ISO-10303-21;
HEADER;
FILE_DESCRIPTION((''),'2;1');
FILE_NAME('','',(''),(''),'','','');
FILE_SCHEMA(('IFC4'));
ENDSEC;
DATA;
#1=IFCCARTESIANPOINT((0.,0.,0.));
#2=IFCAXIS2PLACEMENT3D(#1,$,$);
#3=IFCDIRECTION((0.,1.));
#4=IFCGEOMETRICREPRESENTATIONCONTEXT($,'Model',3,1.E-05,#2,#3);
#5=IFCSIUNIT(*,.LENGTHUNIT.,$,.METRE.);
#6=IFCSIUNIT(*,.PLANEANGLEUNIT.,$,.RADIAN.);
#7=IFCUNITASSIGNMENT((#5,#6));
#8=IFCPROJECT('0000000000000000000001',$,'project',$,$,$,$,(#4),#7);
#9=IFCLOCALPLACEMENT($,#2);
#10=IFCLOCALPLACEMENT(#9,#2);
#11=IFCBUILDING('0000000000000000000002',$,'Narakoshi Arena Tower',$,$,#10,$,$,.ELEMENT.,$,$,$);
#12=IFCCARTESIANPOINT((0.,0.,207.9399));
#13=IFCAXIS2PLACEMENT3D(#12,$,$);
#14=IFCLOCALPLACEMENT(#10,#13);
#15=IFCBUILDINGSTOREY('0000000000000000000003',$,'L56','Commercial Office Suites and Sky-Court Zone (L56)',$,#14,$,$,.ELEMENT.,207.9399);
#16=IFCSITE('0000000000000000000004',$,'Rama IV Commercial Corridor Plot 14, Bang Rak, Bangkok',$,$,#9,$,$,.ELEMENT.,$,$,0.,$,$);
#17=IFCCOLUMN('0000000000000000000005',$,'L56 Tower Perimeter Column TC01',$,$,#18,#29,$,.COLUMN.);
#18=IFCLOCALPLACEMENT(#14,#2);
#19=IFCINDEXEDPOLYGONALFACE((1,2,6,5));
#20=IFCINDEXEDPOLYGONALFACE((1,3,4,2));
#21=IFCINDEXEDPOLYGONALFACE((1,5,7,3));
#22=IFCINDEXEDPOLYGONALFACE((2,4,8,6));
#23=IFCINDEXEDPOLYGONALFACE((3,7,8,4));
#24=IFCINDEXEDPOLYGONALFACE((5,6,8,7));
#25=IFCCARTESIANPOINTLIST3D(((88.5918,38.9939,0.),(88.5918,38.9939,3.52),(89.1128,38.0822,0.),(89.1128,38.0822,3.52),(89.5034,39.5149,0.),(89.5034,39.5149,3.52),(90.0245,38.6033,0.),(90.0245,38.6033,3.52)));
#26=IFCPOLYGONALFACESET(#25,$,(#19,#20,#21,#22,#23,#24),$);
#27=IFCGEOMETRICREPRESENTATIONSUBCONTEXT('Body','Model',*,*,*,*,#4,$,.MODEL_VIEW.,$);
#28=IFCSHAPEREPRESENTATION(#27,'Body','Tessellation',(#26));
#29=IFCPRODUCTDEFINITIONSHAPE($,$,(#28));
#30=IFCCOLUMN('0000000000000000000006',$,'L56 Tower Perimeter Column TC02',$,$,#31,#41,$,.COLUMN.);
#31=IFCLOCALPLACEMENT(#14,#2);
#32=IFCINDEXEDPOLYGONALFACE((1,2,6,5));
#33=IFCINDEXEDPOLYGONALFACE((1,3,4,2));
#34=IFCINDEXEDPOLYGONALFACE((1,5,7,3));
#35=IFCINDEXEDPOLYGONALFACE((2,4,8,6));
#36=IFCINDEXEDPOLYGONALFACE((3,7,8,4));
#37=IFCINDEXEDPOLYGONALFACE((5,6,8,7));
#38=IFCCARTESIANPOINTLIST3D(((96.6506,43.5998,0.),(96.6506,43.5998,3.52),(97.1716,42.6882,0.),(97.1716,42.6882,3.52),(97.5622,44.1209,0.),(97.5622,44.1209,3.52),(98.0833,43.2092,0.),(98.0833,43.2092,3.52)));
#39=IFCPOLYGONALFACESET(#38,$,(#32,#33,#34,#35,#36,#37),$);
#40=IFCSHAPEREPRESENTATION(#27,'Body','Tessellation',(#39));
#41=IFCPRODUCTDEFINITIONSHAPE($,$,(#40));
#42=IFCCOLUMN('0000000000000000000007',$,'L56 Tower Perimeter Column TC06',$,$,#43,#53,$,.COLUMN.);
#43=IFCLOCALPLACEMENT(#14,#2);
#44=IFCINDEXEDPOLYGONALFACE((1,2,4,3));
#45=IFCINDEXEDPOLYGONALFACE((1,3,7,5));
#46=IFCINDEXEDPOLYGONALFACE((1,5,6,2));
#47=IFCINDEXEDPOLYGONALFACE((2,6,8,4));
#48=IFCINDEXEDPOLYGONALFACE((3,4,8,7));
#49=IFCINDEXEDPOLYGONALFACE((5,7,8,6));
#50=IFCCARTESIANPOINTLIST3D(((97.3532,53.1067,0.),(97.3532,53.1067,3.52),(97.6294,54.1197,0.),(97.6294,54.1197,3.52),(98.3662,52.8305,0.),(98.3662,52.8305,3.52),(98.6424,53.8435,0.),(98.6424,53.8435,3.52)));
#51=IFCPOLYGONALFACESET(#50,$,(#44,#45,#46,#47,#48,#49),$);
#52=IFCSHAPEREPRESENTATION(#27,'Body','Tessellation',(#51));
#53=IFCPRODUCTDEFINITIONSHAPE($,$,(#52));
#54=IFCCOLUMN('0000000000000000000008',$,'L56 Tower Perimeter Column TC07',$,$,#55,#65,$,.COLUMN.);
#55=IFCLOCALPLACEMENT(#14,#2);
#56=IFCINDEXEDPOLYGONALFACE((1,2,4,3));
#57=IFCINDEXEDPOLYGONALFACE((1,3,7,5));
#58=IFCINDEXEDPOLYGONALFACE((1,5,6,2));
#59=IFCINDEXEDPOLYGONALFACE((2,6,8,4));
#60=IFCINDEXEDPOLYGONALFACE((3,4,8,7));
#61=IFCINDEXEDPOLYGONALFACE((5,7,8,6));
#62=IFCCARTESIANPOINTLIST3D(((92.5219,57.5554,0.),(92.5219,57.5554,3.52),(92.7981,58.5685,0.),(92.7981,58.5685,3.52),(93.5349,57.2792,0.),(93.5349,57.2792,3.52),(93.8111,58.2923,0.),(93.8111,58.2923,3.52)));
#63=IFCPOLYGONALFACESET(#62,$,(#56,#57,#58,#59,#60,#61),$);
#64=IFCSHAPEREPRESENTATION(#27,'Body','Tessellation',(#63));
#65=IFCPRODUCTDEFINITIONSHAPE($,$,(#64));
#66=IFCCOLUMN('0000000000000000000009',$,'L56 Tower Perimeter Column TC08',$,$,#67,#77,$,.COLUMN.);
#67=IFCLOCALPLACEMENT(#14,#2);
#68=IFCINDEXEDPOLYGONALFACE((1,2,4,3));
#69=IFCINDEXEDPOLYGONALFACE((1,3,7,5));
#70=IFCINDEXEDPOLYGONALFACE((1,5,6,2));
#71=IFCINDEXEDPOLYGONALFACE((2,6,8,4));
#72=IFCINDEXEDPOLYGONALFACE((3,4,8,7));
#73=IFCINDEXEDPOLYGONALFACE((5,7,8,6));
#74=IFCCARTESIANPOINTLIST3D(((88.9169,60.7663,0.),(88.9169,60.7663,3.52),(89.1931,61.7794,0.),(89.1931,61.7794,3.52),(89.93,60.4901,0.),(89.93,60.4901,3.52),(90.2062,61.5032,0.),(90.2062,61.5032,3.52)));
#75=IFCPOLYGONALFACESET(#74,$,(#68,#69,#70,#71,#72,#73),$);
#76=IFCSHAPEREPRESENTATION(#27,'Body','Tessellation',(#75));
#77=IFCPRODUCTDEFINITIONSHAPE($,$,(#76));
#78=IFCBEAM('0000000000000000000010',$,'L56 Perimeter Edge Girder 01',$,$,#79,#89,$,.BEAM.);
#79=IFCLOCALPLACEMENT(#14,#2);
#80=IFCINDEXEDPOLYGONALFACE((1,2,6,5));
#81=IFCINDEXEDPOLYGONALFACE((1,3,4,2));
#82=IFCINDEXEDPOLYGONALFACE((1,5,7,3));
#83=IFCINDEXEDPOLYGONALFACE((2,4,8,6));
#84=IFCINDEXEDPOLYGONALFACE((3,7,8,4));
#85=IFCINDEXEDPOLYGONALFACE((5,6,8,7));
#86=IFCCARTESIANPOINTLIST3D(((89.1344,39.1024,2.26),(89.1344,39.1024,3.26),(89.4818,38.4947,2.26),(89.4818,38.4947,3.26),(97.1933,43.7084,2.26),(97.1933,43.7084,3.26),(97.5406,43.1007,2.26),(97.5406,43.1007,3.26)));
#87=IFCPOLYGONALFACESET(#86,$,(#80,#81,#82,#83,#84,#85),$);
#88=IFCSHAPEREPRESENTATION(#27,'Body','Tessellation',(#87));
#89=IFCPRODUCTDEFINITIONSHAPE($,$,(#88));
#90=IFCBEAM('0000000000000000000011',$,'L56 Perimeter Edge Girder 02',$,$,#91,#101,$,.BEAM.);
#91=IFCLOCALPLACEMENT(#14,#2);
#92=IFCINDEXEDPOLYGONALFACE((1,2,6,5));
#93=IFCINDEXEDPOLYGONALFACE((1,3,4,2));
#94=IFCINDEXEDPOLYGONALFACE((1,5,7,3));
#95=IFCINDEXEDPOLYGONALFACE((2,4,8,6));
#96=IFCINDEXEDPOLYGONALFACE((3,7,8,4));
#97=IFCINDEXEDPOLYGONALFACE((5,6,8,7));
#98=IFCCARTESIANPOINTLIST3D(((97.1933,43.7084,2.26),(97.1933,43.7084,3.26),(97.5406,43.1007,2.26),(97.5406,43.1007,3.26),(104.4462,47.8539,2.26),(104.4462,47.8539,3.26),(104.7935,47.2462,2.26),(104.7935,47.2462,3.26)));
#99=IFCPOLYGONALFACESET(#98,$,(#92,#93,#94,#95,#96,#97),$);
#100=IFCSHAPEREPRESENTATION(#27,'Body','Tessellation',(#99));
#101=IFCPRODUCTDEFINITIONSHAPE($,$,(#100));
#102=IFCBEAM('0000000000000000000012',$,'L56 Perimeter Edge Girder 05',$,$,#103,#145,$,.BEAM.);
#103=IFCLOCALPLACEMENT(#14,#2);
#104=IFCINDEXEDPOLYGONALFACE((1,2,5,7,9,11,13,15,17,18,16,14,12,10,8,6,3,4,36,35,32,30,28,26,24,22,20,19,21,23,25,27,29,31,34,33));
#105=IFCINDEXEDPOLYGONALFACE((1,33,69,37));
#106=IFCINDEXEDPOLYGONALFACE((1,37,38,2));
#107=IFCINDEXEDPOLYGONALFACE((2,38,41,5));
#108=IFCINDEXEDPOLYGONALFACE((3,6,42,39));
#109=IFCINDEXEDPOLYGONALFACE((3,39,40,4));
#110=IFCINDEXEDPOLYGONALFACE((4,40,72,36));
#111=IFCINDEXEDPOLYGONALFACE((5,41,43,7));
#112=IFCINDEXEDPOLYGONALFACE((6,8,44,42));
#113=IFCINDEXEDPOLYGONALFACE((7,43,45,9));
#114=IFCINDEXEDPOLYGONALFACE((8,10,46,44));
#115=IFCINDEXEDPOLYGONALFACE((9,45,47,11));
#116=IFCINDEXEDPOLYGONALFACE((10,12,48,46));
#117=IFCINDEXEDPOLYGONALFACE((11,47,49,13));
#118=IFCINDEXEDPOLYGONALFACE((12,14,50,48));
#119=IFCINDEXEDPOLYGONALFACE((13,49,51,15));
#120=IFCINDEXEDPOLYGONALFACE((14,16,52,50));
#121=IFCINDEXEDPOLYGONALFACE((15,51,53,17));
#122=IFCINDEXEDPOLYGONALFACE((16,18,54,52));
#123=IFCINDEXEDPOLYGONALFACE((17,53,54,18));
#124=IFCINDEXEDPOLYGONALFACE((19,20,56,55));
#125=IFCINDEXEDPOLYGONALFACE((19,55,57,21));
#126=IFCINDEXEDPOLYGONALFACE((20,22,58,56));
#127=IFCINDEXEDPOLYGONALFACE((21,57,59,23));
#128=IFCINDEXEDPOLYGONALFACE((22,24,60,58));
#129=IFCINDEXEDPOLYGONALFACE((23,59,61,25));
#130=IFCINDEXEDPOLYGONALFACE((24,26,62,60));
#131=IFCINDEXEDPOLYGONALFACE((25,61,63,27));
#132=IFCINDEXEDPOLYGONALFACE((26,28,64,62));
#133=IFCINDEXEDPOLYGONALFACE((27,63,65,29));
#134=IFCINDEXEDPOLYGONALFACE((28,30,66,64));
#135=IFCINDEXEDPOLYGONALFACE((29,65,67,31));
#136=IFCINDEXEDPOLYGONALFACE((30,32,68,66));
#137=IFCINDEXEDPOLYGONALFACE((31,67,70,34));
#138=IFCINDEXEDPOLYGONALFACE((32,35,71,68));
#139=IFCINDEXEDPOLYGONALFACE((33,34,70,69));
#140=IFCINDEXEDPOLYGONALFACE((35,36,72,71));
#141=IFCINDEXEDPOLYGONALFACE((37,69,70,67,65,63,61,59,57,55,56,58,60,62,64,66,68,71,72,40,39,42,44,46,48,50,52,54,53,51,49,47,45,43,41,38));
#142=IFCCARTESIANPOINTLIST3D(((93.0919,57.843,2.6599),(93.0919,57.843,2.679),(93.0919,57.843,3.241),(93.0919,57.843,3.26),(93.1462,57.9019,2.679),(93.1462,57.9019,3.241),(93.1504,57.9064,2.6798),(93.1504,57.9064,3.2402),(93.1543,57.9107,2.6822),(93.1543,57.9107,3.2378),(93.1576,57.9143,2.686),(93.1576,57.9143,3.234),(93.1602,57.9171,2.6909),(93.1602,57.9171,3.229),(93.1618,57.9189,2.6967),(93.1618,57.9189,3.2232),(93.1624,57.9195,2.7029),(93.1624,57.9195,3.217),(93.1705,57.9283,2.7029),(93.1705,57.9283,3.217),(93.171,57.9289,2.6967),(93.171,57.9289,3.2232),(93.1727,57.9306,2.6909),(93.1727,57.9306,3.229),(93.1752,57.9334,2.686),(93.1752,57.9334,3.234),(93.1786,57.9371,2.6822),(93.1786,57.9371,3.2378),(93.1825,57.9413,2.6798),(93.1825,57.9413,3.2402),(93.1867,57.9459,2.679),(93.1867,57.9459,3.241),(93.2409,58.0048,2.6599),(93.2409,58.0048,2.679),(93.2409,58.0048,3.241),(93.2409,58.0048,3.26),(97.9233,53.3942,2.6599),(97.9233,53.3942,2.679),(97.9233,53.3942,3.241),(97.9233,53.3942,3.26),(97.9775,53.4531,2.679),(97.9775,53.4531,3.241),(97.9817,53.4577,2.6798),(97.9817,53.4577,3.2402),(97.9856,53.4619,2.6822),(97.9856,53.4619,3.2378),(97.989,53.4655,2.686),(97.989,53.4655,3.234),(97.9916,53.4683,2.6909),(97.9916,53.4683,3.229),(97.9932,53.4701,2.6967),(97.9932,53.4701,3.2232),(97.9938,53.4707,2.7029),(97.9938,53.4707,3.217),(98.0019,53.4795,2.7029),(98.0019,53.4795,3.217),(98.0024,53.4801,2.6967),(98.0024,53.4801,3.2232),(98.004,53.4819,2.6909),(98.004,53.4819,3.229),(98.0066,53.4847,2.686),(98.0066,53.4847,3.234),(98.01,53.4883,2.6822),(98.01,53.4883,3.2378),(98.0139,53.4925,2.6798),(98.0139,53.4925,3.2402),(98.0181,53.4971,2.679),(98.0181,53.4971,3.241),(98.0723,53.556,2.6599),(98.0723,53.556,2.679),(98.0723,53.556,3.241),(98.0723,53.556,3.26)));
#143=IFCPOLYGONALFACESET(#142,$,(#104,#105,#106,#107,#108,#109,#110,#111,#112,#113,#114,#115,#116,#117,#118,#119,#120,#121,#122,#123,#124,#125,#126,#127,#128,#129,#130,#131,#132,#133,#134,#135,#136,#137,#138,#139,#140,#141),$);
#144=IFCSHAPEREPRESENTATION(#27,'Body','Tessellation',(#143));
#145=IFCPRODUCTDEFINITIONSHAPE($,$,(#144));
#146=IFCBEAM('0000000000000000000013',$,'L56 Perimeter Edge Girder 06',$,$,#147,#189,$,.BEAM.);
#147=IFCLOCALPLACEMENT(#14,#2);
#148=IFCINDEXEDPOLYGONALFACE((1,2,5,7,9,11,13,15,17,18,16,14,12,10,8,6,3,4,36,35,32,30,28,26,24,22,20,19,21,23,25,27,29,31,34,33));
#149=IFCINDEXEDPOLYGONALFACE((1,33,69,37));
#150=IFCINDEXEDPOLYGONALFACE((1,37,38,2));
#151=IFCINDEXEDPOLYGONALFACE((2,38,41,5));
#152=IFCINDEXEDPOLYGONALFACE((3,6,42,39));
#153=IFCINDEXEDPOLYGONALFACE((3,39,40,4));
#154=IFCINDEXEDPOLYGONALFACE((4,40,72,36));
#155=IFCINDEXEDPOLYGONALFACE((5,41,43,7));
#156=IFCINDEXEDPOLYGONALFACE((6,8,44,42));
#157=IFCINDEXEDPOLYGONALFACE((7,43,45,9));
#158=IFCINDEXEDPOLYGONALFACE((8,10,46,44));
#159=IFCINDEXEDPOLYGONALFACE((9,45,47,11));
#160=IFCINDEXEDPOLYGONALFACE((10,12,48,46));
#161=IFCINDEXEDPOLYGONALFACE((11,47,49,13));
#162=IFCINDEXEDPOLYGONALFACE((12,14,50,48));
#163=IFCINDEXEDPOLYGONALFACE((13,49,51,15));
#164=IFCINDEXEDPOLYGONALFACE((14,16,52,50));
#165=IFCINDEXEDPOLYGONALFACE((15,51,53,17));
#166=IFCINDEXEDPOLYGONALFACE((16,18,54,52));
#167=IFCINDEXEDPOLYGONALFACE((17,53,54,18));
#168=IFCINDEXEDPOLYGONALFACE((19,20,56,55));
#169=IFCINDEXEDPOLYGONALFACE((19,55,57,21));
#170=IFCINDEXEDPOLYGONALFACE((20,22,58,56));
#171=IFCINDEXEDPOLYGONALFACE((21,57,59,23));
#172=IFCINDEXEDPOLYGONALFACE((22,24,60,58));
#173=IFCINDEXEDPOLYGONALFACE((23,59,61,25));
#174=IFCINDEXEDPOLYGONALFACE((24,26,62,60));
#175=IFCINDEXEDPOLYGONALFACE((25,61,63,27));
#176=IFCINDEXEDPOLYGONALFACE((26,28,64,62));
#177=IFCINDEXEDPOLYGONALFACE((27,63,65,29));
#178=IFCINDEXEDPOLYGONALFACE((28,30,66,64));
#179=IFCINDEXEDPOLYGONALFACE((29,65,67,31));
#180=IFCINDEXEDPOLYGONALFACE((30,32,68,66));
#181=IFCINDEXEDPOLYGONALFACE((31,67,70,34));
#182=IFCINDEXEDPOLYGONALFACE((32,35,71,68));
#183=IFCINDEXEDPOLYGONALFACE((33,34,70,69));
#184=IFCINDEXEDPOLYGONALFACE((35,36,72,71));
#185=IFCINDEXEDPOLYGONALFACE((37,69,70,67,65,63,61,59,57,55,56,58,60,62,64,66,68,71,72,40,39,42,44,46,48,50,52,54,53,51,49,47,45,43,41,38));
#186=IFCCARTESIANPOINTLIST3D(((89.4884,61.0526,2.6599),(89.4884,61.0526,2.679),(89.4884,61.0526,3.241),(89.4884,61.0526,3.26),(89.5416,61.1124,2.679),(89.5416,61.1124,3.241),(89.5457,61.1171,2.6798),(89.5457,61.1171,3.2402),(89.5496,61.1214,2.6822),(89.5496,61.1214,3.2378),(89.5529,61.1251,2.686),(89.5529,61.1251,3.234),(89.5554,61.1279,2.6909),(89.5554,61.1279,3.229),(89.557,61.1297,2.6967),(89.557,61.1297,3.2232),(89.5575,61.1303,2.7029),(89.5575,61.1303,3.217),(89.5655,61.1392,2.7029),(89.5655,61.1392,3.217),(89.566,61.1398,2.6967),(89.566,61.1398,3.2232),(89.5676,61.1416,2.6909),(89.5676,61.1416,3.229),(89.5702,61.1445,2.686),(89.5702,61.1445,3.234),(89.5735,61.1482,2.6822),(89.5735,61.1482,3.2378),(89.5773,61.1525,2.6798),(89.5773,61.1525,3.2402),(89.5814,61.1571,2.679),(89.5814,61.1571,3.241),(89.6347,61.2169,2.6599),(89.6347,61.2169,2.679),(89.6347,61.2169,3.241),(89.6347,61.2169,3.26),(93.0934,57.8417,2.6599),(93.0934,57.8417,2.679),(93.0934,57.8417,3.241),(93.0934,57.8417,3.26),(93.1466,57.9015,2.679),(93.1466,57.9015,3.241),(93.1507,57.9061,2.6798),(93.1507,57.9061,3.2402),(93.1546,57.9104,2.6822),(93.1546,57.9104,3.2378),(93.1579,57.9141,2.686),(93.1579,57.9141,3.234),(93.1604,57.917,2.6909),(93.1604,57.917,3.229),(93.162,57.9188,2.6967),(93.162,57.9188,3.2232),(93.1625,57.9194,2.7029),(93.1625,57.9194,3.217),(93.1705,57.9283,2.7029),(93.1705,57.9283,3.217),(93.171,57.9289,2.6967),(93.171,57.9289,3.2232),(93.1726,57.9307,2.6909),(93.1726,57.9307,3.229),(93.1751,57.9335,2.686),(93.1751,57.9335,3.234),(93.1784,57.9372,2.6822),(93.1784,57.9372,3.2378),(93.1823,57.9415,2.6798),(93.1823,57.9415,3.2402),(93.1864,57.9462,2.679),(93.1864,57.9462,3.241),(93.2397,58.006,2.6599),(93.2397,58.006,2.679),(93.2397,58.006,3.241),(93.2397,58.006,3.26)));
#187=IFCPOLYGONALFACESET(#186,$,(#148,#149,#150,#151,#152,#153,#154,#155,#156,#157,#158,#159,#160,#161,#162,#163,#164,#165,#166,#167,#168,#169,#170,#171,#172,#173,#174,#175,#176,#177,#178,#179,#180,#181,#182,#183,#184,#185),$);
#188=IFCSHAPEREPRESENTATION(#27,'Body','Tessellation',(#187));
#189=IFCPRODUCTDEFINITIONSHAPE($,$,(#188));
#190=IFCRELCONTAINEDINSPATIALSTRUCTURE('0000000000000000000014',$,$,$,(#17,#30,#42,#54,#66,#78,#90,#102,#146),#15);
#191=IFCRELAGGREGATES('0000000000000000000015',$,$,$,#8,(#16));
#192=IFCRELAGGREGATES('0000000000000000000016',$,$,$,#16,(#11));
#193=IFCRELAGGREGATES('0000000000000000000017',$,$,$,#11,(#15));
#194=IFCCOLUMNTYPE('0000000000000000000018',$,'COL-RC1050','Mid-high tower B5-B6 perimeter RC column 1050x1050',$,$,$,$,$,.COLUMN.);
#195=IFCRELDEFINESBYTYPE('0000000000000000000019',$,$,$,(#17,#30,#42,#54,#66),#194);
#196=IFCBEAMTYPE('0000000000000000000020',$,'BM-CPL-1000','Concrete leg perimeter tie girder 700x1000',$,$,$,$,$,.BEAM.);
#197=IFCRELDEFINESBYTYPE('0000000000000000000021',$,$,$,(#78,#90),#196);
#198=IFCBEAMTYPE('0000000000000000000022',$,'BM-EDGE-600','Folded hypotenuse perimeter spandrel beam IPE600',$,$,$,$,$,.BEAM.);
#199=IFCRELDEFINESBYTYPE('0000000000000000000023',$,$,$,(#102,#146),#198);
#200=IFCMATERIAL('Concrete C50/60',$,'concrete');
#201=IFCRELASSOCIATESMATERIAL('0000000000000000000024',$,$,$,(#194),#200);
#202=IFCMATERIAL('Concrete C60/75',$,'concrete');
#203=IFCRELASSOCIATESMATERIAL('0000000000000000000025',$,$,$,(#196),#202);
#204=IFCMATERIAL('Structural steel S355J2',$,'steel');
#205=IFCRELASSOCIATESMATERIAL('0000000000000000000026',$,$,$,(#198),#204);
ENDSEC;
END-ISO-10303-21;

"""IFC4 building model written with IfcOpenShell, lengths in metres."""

from ifc_helpers import new_model, si_unit, direction, frame, origin, origin_2d, place, context, subcontext, project, spatial, rectangle, i_section, extrude, material, material_profile, profile_set, type_object, element, save


model = new_model("IFC4")

# Units and contexts
model_context = context("Model", 3, precision=1e-05, world=origin(), true_north=direction((0.0, 1.0)))
body_context = subcontext(model_context, "Body", "Model", "MODEL_VIEW")
ifc_project = project(units=[si_unit("LENGTHUNIT", "METRE"), si_unit("PLANEANGLEUNIT", "RADIAN")], contexts=[model_context])

# Site, building, storey
site_placement = place(None, origin())
site = spatial("IfcSite", under=ifc_project, at=site_placement, Name="Rama IV Commercial Corridor Plot 14, Bang Rak, Bangkok", CompositionType="ELEMENT", RefElevation=0.0)
building_placement = place(site_placement, origin())
building = spatial("IfcBuilding", under=site, at=building_placement, Name="Narakoshi Arena Tower", CompositionType="ELEMENT")
storey_placement = place(building_placement, frame((0.0, 0.0, 207.9399)))
storey = spatial("IfcBuildingStorey", under=building, at=storey_placement, Name="L56", Description="Commercial Office Suites and Sky-Court Zone (L56)", CompositionType="ELEMENT", Elevation=207.9399)

# Columns
ifc_material_1 = material(Name="Concrete C50/60", Category="concrete")
ifc_material_profile_1 = material_profile(ifc_material_1, rectangle(XDim=1.05, YDim=1.05, at=origin_2d()), Name="RC1050x1050")
ifc_profile_set_1 = profile_set([ifc_material_profile_1], Name="Concrete C50/60")
column_type = type_object("IfcColumnType", Name="COL-RC1050", Description="Mid-high tower B5-B6 perimeter RC column 1050x1050", PredefinedType="COLUMN", material=ifc_profile_set_1)
for number, where, z_axis, x_axis, name in (
    (1, (89.3081, 38.7986, 0.0), (0.0, 0.0, 1.0), (0.868199, 0.496217, 0.0), "L56 Tower Perimeter Column TC01"),
    (2, (97.3669, 43.4045, 0.0), (0.0, 0.0, 1.0), (0.868199, 0.496217, 0.0), "L56 Tower Perimeter Column TC02"),
    (3, (97.9978, 53.4751, 0.0), (0.0, 0.0, 1.0), (0.263031, 0.964787, 0.0), "L56 Tower Perimeter Column TC06"),
    (4, (93.1665, 57.9238, 0.0), (0.0, 0.0, 1.0), (0.263031, 0.964787, 0.0), "L56 Tower Perimeter Column TC07"),
    (5, (89.5615, 61.1348, 0.0), (0.0, 0.0, 1.0), (0.263031, 0.964787, 0.0), "L56 Tower Perimeter Column TC08"),
):
    element("IfcColumn", number, at=place(storey_placement, frame(where, z_axis=z_axis, x_axis=x_axis)), inside=storey, type_object=column_type, Name=name, PredefinedType="COLUMN", context=body_context, shape_type="SweptSolid", body=[
        extrude(rectangle(XDim=1.05, YDim=1.05, at=origin_2d()), origin(), (0.0, 0.0, 1.0), 3.52),
    ])

# Beams
ifc_material_2 = material(Name="Concrete C60/75", Category="concrete")
ifc_material_profile_2 = material_profile(ifc_material_2, rectangle(XDim=0.7, YDim=1.0, at=origin_2d()), Name="RCB700x1000")
ifc_profile_set_2 = profile_set([ifc_material_profile_2], Name="Concrete C60/75")
beam_type_1 = type_object("IfcBeamType", Name="BM-CPL-1000", Description="Concrete leg perimeter tie girder 700x1000", PredefinedType="BEAM", material=ifc_profile_set_2)
beam_1_placement = place(storey_placement, frame((89.3081, 38.7986, 2.76), z_axis=(0.868201, 0.496213, 0.0), x_axis=(-0.496213, 0.868201, 0.0)))
element("IfcBeam", 6, at=beam_1_placement, inside=storey, type_object=beam_type_1, Name="L56 Perimeter Edge Girder 01", PredefinedType="BEAM", context=body_context, shape_type="SweptSolid", body=[
    extrude(rectangle(XDim=0.7, YDim=1.0, at=origin_2d()), origin(), (0.0, 0.0, 1.0), 9.2822),
])
beam_2_placement = place(storey_placement, frame((97.3669, 43.4045, 2.76), z_axis=(0.868193, 0.496227, 0.0), x_axis=(-0.496227, 0.868193, 0.0)))
element("IfcBeam", 7, at=beam_2_placement, inside=storey, type_object=beam_type_1, Name="L56 Perimeter Edge Girder 02", PredefinedType="BEAM", context=body_context, shape_type="SweptSolid", body=[
    extrude(rectangle(XDim=0.7, YDim=1.0, at=origin_2d()), origin(), (0.0, 0.0, 1.0), 8.354),
])
ifc_material_3 = material(Name="Structural steel S355J2", Category="steel")
ifc_material_profile_3 = material_profile(ifc_material_3, i_section(OverallWidth=0.22, OverallDepth=0.6001, WebThickness=0.012, FlangeThickness=0.019, FilletRadius=0.0239, at=origin_2d()), Name="IPE600")
ifc_profile_set_3 = profile_set([ifc_material_profile_3], Name="Structural steel S355J2")
beam_type_2 = type_object("IfcBeamType", Name="BM-EDGE-600", Description="Folded hypotenuse perimeter spandrel beam IPE600", PredefinedType="BEAM", material=ifc_profile_set_3)
beam_3_placement = place(storey_placement, frame((97.9978, 53.4751, 2.96), z_axis=(-0.735632, 0.677381, 0.0), x_axis=(-0.677381, -0.735632, 0.0)))
element("IfcBeam", 8, at=beam_3_placement, inside=storey, type_object=beam_type_2, Name="L56 Perimeter Edge Girder 05", PredefinedType="BEAM", context=body_context, shape_type="SweptSolid", body=[
    extrude(i_section(OverallWidth=0.22, OverallDepth=0.6001, WebThickness=0.012, FlangeThickness=0.019, FilletRadius=0.0239, at=origin_2d()), origin(), (0.0, 0.0, 1.0), 6.5676),
])
beam_4_placement = place(storey_placement, frame((93.1665, 57.9238, 2.96), z_axis=(-0.746739, 0.665117, 0.0), x_axis=(-0.665117, -0.746739, 0.0)))
element("IfcBeam", 9, at=beam_4_placement, inside=storey, type_object=beam_type_2, Name="L56 Perimeter Edge Girder 06", PredefinedType="BEAM", context=body_context, shape_type="SweptSolid", body=[
    extrude(i_section(OverallWidth=0.22, OverallDepth=0.6001, WebThickness=0.012, FlangeThickness=0.019, FilletRadius=0.0239, at=origin_2d()), origin(), (0.0, 0.0, 1.0), 4.8276),
])

save(model, "model.ifc")
